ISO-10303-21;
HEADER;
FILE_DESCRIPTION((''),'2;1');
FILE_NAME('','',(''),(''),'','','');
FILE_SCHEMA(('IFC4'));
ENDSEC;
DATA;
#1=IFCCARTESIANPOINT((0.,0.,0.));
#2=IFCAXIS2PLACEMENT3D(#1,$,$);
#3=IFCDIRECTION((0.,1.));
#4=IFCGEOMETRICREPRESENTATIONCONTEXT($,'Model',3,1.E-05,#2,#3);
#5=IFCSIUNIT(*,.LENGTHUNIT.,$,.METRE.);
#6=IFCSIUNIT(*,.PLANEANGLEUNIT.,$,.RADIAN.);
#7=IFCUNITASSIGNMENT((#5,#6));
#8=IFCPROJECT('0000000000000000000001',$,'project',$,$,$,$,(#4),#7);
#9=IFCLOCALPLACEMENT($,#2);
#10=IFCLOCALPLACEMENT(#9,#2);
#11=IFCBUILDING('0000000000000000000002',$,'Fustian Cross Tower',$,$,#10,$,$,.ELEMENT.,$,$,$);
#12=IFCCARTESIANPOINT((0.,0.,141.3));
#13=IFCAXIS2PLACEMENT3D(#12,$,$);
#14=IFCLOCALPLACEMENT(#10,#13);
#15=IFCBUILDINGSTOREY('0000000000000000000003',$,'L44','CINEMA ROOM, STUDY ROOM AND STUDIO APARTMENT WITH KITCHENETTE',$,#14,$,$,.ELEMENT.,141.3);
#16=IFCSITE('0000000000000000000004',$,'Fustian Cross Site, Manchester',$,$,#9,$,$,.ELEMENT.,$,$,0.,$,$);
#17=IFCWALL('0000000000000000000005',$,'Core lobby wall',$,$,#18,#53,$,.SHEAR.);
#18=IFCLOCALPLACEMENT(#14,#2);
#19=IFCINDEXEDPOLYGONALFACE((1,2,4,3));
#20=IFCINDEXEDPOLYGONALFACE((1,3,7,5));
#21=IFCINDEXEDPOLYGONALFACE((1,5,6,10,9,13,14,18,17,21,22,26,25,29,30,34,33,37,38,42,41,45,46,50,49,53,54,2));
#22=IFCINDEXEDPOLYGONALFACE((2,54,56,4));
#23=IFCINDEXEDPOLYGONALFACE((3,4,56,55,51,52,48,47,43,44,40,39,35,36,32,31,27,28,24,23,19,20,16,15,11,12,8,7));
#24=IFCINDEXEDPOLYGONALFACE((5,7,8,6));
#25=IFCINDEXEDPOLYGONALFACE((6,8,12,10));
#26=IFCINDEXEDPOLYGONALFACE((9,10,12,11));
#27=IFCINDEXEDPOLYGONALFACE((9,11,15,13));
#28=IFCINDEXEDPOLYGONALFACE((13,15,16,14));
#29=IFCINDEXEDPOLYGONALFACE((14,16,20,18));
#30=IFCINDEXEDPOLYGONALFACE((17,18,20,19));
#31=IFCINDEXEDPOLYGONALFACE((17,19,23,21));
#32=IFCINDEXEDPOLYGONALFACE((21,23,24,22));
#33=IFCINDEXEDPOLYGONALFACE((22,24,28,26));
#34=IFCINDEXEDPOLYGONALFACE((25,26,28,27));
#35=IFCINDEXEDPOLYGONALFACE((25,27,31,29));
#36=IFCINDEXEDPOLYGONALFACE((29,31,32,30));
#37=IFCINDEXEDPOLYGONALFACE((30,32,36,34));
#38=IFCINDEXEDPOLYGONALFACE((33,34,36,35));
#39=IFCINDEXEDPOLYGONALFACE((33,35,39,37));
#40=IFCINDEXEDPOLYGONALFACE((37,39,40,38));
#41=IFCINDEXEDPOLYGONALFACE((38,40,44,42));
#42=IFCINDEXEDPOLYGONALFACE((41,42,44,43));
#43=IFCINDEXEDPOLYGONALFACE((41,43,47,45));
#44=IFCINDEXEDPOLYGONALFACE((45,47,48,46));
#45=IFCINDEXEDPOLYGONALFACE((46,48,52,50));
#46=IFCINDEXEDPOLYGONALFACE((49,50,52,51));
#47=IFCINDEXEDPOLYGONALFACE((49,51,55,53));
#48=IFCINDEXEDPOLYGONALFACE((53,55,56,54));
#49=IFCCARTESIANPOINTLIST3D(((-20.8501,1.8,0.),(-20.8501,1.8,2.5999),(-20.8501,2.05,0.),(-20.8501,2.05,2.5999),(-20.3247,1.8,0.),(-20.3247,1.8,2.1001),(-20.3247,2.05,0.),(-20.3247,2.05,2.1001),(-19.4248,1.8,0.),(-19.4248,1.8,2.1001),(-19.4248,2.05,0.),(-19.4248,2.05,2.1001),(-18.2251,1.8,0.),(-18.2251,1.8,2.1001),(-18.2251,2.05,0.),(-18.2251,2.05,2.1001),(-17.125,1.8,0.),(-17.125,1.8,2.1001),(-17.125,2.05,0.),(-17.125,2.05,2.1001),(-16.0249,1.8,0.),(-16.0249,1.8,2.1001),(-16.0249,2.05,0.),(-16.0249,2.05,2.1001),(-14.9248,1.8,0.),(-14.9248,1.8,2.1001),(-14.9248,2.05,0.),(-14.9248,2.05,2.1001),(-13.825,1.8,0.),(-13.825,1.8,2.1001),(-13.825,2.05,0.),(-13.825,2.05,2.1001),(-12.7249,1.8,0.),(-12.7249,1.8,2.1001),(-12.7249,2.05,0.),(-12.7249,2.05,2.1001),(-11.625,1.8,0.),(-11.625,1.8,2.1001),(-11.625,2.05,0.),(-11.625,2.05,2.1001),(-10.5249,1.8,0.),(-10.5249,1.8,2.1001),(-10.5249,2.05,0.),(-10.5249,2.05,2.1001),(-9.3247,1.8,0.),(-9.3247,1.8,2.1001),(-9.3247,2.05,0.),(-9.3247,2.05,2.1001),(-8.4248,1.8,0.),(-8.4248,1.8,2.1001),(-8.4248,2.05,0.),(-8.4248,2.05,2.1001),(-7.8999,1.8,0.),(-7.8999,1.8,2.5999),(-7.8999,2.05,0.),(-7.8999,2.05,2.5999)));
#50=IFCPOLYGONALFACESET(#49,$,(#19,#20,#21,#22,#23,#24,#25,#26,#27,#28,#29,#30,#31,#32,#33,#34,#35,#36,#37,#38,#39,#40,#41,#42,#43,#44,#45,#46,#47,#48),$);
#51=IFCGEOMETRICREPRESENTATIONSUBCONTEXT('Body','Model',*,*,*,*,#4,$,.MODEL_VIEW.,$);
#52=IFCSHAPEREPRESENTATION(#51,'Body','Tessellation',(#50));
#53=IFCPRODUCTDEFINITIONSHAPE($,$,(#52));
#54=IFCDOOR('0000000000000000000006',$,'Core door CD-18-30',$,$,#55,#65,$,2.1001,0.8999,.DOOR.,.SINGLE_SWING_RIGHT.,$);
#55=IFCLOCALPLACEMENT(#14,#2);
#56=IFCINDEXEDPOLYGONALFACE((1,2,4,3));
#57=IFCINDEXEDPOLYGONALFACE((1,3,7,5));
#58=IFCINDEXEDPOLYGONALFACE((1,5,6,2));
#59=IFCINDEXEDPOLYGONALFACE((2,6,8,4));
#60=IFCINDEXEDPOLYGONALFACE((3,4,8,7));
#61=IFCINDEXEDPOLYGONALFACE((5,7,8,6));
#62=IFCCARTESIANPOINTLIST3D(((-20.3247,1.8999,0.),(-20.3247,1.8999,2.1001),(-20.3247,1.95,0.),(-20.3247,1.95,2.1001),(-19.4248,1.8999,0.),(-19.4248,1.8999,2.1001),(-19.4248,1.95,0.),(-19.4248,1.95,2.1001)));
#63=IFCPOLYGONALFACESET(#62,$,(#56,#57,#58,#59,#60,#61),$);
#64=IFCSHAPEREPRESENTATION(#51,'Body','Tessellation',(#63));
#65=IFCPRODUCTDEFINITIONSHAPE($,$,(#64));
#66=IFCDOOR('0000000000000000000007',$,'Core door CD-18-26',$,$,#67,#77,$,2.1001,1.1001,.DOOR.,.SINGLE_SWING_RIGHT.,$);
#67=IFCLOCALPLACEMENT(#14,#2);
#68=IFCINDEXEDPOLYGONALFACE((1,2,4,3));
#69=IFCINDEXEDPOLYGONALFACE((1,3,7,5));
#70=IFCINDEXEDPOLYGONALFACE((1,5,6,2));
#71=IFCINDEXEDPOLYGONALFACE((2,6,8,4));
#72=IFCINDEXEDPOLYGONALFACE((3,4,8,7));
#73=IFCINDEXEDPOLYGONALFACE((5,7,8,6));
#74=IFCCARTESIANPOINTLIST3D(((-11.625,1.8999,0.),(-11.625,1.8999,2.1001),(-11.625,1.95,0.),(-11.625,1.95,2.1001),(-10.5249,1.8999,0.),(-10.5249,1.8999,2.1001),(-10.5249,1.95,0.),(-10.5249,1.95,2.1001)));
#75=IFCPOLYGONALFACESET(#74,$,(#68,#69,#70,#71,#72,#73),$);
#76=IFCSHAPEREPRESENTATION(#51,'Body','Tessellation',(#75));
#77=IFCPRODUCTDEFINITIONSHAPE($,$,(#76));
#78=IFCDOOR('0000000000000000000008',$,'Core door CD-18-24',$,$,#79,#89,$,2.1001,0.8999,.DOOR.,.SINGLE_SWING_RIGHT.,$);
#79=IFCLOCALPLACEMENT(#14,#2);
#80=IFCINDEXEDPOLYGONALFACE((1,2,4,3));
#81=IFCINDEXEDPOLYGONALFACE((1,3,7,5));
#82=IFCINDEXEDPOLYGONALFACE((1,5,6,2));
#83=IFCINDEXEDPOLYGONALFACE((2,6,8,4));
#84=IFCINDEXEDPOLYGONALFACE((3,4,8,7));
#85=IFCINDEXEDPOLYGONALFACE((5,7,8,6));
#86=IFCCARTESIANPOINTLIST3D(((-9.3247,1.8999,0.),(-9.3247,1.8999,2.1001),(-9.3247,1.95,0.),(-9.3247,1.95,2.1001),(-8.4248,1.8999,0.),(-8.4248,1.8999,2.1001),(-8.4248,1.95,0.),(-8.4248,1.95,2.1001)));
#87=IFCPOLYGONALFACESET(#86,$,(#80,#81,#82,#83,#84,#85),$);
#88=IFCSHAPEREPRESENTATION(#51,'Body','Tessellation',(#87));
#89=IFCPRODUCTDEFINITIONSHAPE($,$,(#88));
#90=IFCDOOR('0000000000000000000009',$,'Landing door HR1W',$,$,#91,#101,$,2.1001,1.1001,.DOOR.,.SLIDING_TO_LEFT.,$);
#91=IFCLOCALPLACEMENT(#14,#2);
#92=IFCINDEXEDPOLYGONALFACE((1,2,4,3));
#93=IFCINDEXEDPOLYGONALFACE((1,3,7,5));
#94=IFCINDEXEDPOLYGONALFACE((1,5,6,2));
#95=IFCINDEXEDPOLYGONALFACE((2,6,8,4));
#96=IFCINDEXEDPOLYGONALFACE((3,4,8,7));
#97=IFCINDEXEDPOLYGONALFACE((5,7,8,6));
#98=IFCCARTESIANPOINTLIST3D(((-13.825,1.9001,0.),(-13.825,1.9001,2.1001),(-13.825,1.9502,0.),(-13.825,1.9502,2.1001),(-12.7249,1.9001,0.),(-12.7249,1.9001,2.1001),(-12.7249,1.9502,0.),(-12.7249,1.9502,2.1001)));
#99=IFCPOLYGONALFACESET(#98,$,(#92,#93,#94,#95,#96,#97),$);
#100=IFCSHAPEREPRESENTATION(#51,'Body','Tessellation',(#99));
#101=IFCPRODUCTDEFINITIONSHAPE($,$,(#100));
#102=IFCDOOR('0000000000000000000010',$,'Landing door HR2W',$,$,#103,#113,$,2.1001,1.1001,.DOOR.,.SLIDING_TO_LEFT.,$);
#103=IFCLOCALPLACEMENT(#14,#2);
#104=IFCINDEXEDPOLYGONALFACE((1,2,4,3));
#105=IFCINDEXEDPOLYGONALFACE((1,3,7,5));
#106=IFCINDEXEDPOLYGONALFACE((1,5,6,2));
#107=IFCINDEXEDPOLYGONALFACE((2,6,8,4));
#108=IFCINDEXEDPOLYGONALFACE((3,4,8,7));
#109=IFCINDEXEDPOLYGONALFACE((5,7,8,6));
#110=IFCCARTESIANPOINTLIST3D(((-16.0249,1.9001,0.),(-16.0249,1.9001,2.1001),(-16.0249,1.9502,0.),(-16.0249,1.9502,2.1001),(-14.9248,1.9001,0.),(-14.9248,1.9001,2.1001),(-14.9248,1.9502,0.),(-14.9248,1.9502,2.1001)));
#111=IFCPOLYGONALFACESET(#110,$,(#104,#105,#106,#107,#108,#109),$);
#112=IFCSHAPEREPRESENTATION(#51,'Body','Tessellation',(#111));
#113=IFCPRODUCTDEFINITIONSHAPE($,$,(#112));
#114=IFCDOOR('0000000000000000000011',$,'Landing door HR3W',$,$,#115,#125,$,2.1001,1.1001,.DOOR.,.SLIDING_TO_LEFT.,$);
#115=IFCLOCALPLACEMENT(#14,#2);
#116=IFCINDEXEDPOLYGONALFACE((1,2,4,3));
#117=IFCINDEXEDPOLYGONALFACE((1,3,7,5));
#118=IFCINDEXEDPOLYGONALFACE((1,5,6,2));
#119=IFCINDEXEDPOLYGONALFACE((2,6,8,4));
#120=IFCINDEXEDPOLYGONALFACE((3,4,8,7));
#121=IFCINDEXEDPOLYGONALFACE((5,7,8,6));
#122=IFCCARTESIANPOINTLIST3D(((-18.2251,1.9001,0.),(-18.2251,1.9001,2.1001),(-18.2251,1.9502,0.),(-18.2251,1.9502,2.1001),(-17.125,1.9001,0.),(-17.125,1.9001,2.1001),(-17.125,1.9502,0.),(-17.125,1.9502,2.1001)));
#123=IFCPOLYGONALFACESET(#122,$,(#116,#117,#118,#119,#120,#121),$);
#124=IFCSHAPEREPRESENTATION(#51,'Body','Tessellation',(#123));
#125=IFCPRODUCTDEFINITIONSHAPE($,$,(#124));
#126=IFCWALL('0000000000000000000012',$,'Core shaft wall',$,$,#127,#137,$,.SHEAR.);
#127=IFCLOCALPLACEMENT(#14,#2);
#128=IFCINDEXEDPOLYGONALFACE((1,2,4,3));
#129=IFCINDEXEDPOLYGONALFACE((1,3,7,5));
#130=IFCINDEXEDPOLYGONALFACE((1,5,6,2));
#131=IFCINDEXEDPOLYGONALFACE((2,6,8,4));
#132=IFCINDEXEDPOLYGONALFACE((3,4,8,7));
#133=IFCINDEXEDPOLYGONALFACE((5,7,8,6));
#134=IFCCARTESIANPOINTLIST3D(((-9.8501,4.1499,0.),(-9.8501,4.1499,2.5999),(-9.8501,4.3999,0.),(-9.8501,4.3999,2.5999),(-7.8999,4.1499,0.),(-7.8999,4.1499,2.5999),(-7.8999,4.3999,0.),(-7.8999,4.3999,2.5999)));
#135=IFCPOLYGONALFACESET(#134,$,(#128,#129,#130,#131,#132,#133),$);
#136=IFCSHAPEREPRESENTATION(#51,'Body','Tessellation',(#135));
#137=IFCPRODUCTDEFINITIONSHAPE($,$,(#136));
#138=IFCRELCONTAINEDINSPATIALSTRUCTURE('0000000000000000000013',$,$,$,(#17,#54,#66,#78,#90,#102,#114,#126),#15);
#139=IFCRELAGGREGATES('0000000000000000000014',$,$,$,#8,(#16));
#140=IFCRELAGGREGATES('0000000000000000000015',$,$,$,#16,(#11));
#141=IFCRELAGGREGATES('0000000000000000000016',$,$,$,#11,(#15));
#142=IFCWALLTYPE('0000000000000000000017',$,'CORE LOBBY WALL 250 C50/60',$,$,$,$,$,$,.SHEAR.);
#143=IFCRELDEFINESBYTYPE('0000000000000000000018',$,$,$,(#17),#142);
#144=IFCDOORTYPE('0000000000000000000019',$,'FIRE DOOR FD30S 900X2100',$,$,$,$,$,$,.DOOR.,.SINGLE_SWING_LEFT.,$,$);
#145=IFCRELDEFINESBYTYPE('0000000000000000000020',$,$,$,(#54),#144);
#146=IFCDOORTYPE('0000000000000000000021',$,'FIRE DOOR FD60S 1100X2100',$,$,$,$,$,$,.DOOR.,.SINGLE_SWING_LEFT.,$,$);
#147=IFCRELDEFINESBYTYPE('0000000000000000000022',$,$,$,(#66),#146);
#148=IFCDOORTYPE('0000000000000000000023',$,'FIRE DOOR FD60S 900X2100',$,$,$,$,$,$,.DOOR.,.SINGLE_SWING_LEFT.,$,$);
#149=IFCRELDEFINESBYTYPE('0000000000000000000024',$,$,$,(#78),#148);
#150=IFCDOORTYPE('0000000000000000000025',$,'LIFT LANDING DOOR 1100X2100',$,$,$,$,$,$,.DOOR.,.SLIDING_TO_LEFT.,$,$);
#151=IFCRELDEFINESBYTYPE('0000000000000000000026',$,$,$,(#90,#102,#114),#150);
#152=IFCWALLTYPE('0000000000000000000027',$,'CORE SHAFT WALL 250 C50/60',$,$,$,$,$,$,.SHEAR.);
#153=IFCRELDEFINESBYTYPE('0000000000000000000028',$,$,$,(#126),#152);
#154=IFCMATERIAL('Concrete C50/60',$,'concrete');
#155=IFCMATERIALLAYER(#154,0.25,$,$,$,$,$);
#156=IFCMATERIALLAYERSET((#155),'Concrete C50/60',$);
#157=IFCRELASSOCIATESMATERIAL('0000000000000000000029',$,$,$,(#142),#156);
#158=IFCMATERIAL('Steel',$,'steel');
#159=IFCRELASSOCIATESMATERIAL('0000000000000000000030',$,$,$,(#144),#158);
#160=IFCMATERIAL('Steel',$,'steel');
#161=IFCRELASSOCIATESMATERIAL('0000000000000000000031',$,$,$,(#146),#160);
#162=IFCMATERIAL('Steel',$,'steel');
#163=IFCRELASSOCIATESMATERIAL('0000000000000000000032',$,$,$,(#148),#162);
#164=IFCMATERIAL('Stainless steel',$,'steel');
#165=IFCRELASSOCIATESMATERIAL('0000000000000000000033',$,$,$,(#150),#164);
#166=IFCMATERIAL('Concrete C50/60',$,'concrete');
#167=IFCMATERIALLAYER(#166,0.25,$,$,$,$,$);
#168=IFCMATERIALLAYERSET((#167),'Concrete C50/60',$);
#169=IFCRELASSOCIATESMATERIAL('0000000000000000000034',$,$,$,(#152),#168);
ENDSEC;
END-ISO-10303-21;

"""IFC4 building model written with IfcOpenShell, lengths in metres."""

from ifc_helpers import new_model, si_unit, direction, frame, frame_2d, origin, place, context, subcontext, project, spatial, rectangle, extrude, material, layer, layer_set, type_object, element, fill, save


model = new_model("IFC4")

# Units and contexts
model_context = context("Model", 3, precision=1e-05, world=origin(), true_north=direction((0.0, 1.0)))
body_context = subcontext(model_context, "Body", "Model", "MODEL_VIEW")
ifc_project = project(units=[si_unit("LENGTHUNIT", "METRE"), si_unit("PLANEANGLEUNIT", "RADIAN")], contexts=[model_context])

# Site, building, storey
site_placement = place(None, origin())
site = spatial("IfcSite", under=ifc_project, at=site_placement, Name="Fustian Cross Site, Manchester", CompositionType="ELEMENT", RefElevation=0.0)
building_placement = place(site_placement, origin())
building = spatial("IfcBuilding", under=site, at=building_placement, Name="Fustian Cross Tower", CompositionType="ELEMENT")
storey_placement = place(building_placement, frame((0.0, 0.0, 141.3)))
storey = spatial("IfcBuildingStorey", under=building, at=storey_placement, Name="L44", Description="CINEMA ROOM, STUDY ROOM AND STUDIO APARTMENT WITH KITCHENETTE", CompositionType="ELEMENT", Elevation=141.3)

# Wall, openings, doors
ifc_material_1 = material(Name="Concrete C50/60", Category="concrete")
ifc_layer_1 = layer(ifc_material_1, 0.25)
ifc_layer_set_1 = layer_set([ifc_layer_1], Name="Concrete C50/60")
wall_type_1 = type_object("IfcWallType", Name="CORE LOBBY WALL 250 C50/60", PredefinedType="SHEAR", material=ifc_layer_set_1)
wall_1_placement = place(storey_placement, frame((-7.8999, 1.925, 0.0), z_axis=(0.0, 0.0, 1.0), x_axis=(-1.0, 0.0, 0.0)))
wall_1 = element("IfcWall", 1, at=wall_1_placement, inside=storey, type_object=wall_type_1, Name="Core lobby wall", PredefinedType="SHEAR", context=body_context, shape_type="SweptSolid", body=[
    extrude(rectangle(XDim=12.9502, YDim=0.25, at=frame_2d((6.4751, 0.0))), origin(), (0.0, 0.0, 1.0), 2.5999),
])
opening_1_placement = place(wall_1_placement, frame((4.825, 0.0, 0.0)))
opening_1 = element("IfcOpeningElement", 2, at=opening_1_placement, cuts=wall_1, PredefinedType="OPENING", context=body_context, shape_type="SweptSolid", body=[
    extrude(rectangle(XDim=1.1001, YDim=2.1001, at=frame_2d((0.55, 1.05))), frame((0.0, 0.135, 0.0), z_axis=(0.0, -1.0, 0.0), x_axis=(1.0, 0.0, 0.0)), (0.0, 0.0, 1.0), 0.27),
])
opening_2_placement = place(wall_1_placement, frame((7.0249, 0.0, 0.0)))
opening_2 = element("IfcOpeningElement", 3, at=opening_2_placement, cuts=wall_1, PredefinedType="OPENING", context=body_context, shape_type="SweptSolid", body=[
    extrude(rectangle(XDim=1.1001, YDim=2.1001, at=frame_2d((0.55, 1.05))), frame((0.0, 0.135, 0.0), z_axis=(0.0, -1.0, 0.0), x_axis=(1.0, 0.0, 0.0)), (0.0, 0.0, 1.0), 0.27),
])
opening_3_placement = place(wall_1_placement, frame((9.2251, 0.0, 0.0)))
opening_3 = element("IfcOpeningElement", 4, at=opening_3_placement, cuts=wall_1, PredefinedType="OPENING", context=body_context, shape_type="SweptSolid", body=[
    extrude(rectangle(XDim=1.1001, YDim=2.1001, at=frame_2d((0.55, 1.05))), frame((0.0, 0.135, 0.0), z_axis=(0.0, -1.0, 0.0), x_axis=(1.0, 0.0, 0.0)), (0.0, 0.0, 1.0), 0.27),
])
opening_4_placement = place(wall_1_placement, frame((0.5249, 0.0, 0.0)))
opening_4 = element("IfcOpeningElement", 5, at=opening_4_placement, cuts=wall_1, PredefinedType="OPENING", context=body_context, shape_type="SweptSolid", body=[
    extrude(rectangle(XDim=0.8999, YDim=2.1001, at=frame_2d((0.45, 1.05))), frame((0.0, 0.135, 0.0), z_axis=(0.0, -1.0, 0.0), x_axis=(1.0, 0.0, 0.0)), (0.0, 0.0, 1.0), 0.27),
])
opening_5_placement = place(wall_1_placement, frame((2.625, 0.0, 0.0)))
opening_5 = element("IfcOpeningElement", 6, at=opening_5_placement, cuts=wall_1, PredefinedType="OPENING", context=body_context, shape_type="SweptSolid", body=[
    extrude(rectangle(XDim=1.1001, YDim=2.1001, at=frame_2d((0.55, 1.05))), frame((0.0, 0.135, 0.0), z_axis=(0.0, -1.0, 0.0), x_axis=(1.0, 0.0, 0.0)), (0.0, 0.0, 1.0), 0.27),
])
opening_6_placement = place(wall_1_placement, frame((11.5249, 0.0, 0.0)))
opening_6 = element("IfcOpeningElement", 7, at=opening_6_placement, cuts=wall_1, PredefinedType="OPENING", context=body_context, shape_type="SweptSolid", body=[
    extrude(rectangle(XDim=0.8999, YDim=2.1001, at=frame_2d((0.45, 1.05))), frame((0.0, 0.135, 0.0), z_axis=(0.0, -1.0, 0.0), x_axis=(1.0, 0.0, 0.0)), (0.0, 0.0, 1.0), 0.27),
])
ifc_material_2 = material(Name="Steel", Category="steel")
door_type_1 = type_object("IfcDoorType", Name="FIRE DOOR FD30S 900X2100", OperationType="SINGLE_SWING_LEFT", PredefinedType="DOOR", material=ifc_material_2)
door_1_placement = place(opening_6_placement, frame((0.8999, 0.0, 0.0), z_axis=(0.0, 0.0, 1.0), x_axis=(-1.0, 0.0, 0.0)))
door_1 = element("IfcDoor", 8, at=door_1_placement, inside=storey, type_object=door_type_1, Name="Core door CD-18-30", OperationType="SINGLE_SWING_RIGHT", OverallHeight=2.1001, OverallWidth=0.8999, PredefinedType="DOOR", context=body_context, shape_type="SweptSolid", body=[
    extrude(rectangle(XDim=0.8999, YDim=2.1001, at=frame_2d((0.45, 1.05))), frame((0.0, 0.0249, 0.0), z_axis=(0.0, -1.0, 0.0), x_axis=(1.0, 0.0, 0.0)), (0.0, 0.0, 1.0), 0.05),
])
fill(opening_6, door_1)
ifc_material_3 = material(Name="Steel", Category="steel")
door_type_2 = type_object("IfcDoorType", Name="FIRE DOOR FD60S 1100X2100", OperationType="SINGLE_SWING_LEFT", PredefinedType="DOOR", material=ifc_material_3)
door_2_placement = place(opening_5_placement, frame((1.1001, 0.0, 0.0), z_axis=(0.0, 0.0, 1.0), x_axis=(-1.0, 0.0, 0.0)))
door_2 = element("IfcDoor", 9, at=door_2_placement, inside=storey, type_object=door_type_2, Name="Core door CD-18-26", OperationType="SINGLE_SWING_RIGHT", OverallHeight=2.1001, OverallWidth=1.1001, PredefinedType="DOOR", context=body_context, shape_type="SweptSolid", body=[
    extrude(rectangle(XDim=1.1001, YDim=2.1001, at=frame_2d((0.55, 1.05))), frame((0.0, 0.0249, 0.0), z_axis=(0.0, -1.0, 0.0), x_axis=(1.0, 0.0, 0.0)), (0.0, 0.0, 1.0), 0.05),
])
fill(opening_5, door_2)
ifc_material_4 = material(Name="Steel", Category="steel")
door_type_3 = type_object("IfcDoorType", Name="FIRE DOOR FD60S 900X2100", OperationType="SINGLE_SWING_LEFT", PredefinedType="DOOR", material=ifc_material_4)
door_3_placement = place(opening_4_placement, frame((0.8999, 0.0, 0.0), z_axis=(0.0, 0.0, 1.0), x_axis=(-1.0, 0.0, 0.0)))
door_3 = element("IfcDoor", 10, at=door_3_placement, inside=storey, type_object=door_type_3, Name="Core door CD-18-24", OperationType="SINGLE_SWING_RIGHT", OverallHeight=2.1001, OverallWidth=0.8999, PredefinedType="DOOR", context=body_context, shape_type="SweptSolid", body=[
    extrude(rectangle(XDim=0.8999, YDim=2.1001, at=frame_2d((0.45, 1.05))), frame((0.0, 0.0249, 0.0), z_axis=(0.0, -1.0, 0.0), x_axis=(1.0, 0.0, 0.0)), (0.0, 0.0, 1.0), 0.05),
])
fill(opening_4, door_3)
ifc_material_5 = material(Name="Stainless steel", Category="steel")
door_type_4 = type_object("IfcDoorType", Name="LIFT LANDING DOOR 1100X2100", OperationType="SLIDING_TO_LEFT", PredefinedType="DOOR", material=ifc_material_5)
door_4_placement = place(opening_1_placement, origin())
door_4 = element("IfcDoor", 11, at=door_4_placement, inside=storey, type_object=door_type_4, Name="Landing door HR1W", OperationType="SLIDING_TO_LEFT", OverallHeight=2.1001, OverallWidth=1.1001, PredefinedType="DOOR", context=body_context, shape_type="SweptSolid", body=[
    extrude(rectangle(XDim=1.1001, YDim=2.1001, at=frame_2d((0.55, 1.05))), frame((0.0, 0.0249, 0.0), z_axis=(0.0, -1.0, 0.0), x_axis=(1.0, 0.0, 0.0)), (0.0, 0.0, 1.0), 0.05),
])
fill(opening_1, door_4)
door_5_placement = place(opening_2_placement, origin())
door_5 = element("IfcDoor", 12, at=door_5_placement, inside=storey, type_object=door_type_4, Name="Landing door HR2W", OperationType="SLIDING_TO_LEFT", OverallHeight=2.1001, OverallWidth=1.1001, PredefinedType="DOOR", context=body_context, shape_type="SweptSolid", body=[
    extrude(rectangle(XDim=1.1001, YDim=2.1001, at=frame_2d((0.55, 1.05))), frame((0.0, 0.0249, 0.0), z_axis=(0.0, -1.0, 0.0), x_axis=(1.0, 0.0, 0.0)), (0.0, 0.0, 1.0), 0.05),
])
fill(opening_2, door_5)
door_6_placement = place(opening_3_placement, origin())
door_6 = element("IfcDoor", 13, at=door_6_placement, inside=storey, type_object=door_type_4, Name="Landing door HR3W", OperationType="SLIDING_TO_LEFT", OverallHeight=2.1001, OverallWidth=1.1001, PredefinedType="DOOR", context=body_context, shape_type="SweptSolid", body=[
    extrude(rectangle(XDim=1.1001, YDim=2.1001, at=frame_2d((0.55, 1.05))), frame((0.0, 0.0249, 0.0), z_axis=(0.0, -1.0, 0.0), x_axis=(1.0, 0.0, 0.0)), (0.0, 0.0, 1.0), 0.05),
])
fill(opening_3, door_6)

# Wall
ifc_material_6 = material(Name="Concrete C50/60", Category="concrete")
ifc_layer_2 = layer(ifc_material_6, 0.25)
ifc_layer_set_2 = layer_set([ifc_layer_2], Name="Concrete C50/60")
wall_type_2 = type_object("IfcWallType", Name="CORE SHAFT WALL 250 C50/60", PredefinedType="SHEAR", material=ifc_layer_set_2)
wall_2_placement = place(storey_placement, frame((-7.8999, 4.2749, 0.0), z_axis=(0.0, 0.0, 1.0), x_axis=(-1.0, 0.0, 0.0)))
element("IfcWall", 14, at=wall_2_placement, inside=storey, type_object=wall_type_2, Name="Core shaft wall", PredefinedType="SHEAR", context=body_context, shape_type="SweptSolid", body=[
    extrude(rectangle(XDim=1.9502, YDim=0.25, at=frame_2d((0.9751, 0.0))), origin(), (0.0, 0.0, 1.0), 2.5999),
])

save(model, "model.ifc")
